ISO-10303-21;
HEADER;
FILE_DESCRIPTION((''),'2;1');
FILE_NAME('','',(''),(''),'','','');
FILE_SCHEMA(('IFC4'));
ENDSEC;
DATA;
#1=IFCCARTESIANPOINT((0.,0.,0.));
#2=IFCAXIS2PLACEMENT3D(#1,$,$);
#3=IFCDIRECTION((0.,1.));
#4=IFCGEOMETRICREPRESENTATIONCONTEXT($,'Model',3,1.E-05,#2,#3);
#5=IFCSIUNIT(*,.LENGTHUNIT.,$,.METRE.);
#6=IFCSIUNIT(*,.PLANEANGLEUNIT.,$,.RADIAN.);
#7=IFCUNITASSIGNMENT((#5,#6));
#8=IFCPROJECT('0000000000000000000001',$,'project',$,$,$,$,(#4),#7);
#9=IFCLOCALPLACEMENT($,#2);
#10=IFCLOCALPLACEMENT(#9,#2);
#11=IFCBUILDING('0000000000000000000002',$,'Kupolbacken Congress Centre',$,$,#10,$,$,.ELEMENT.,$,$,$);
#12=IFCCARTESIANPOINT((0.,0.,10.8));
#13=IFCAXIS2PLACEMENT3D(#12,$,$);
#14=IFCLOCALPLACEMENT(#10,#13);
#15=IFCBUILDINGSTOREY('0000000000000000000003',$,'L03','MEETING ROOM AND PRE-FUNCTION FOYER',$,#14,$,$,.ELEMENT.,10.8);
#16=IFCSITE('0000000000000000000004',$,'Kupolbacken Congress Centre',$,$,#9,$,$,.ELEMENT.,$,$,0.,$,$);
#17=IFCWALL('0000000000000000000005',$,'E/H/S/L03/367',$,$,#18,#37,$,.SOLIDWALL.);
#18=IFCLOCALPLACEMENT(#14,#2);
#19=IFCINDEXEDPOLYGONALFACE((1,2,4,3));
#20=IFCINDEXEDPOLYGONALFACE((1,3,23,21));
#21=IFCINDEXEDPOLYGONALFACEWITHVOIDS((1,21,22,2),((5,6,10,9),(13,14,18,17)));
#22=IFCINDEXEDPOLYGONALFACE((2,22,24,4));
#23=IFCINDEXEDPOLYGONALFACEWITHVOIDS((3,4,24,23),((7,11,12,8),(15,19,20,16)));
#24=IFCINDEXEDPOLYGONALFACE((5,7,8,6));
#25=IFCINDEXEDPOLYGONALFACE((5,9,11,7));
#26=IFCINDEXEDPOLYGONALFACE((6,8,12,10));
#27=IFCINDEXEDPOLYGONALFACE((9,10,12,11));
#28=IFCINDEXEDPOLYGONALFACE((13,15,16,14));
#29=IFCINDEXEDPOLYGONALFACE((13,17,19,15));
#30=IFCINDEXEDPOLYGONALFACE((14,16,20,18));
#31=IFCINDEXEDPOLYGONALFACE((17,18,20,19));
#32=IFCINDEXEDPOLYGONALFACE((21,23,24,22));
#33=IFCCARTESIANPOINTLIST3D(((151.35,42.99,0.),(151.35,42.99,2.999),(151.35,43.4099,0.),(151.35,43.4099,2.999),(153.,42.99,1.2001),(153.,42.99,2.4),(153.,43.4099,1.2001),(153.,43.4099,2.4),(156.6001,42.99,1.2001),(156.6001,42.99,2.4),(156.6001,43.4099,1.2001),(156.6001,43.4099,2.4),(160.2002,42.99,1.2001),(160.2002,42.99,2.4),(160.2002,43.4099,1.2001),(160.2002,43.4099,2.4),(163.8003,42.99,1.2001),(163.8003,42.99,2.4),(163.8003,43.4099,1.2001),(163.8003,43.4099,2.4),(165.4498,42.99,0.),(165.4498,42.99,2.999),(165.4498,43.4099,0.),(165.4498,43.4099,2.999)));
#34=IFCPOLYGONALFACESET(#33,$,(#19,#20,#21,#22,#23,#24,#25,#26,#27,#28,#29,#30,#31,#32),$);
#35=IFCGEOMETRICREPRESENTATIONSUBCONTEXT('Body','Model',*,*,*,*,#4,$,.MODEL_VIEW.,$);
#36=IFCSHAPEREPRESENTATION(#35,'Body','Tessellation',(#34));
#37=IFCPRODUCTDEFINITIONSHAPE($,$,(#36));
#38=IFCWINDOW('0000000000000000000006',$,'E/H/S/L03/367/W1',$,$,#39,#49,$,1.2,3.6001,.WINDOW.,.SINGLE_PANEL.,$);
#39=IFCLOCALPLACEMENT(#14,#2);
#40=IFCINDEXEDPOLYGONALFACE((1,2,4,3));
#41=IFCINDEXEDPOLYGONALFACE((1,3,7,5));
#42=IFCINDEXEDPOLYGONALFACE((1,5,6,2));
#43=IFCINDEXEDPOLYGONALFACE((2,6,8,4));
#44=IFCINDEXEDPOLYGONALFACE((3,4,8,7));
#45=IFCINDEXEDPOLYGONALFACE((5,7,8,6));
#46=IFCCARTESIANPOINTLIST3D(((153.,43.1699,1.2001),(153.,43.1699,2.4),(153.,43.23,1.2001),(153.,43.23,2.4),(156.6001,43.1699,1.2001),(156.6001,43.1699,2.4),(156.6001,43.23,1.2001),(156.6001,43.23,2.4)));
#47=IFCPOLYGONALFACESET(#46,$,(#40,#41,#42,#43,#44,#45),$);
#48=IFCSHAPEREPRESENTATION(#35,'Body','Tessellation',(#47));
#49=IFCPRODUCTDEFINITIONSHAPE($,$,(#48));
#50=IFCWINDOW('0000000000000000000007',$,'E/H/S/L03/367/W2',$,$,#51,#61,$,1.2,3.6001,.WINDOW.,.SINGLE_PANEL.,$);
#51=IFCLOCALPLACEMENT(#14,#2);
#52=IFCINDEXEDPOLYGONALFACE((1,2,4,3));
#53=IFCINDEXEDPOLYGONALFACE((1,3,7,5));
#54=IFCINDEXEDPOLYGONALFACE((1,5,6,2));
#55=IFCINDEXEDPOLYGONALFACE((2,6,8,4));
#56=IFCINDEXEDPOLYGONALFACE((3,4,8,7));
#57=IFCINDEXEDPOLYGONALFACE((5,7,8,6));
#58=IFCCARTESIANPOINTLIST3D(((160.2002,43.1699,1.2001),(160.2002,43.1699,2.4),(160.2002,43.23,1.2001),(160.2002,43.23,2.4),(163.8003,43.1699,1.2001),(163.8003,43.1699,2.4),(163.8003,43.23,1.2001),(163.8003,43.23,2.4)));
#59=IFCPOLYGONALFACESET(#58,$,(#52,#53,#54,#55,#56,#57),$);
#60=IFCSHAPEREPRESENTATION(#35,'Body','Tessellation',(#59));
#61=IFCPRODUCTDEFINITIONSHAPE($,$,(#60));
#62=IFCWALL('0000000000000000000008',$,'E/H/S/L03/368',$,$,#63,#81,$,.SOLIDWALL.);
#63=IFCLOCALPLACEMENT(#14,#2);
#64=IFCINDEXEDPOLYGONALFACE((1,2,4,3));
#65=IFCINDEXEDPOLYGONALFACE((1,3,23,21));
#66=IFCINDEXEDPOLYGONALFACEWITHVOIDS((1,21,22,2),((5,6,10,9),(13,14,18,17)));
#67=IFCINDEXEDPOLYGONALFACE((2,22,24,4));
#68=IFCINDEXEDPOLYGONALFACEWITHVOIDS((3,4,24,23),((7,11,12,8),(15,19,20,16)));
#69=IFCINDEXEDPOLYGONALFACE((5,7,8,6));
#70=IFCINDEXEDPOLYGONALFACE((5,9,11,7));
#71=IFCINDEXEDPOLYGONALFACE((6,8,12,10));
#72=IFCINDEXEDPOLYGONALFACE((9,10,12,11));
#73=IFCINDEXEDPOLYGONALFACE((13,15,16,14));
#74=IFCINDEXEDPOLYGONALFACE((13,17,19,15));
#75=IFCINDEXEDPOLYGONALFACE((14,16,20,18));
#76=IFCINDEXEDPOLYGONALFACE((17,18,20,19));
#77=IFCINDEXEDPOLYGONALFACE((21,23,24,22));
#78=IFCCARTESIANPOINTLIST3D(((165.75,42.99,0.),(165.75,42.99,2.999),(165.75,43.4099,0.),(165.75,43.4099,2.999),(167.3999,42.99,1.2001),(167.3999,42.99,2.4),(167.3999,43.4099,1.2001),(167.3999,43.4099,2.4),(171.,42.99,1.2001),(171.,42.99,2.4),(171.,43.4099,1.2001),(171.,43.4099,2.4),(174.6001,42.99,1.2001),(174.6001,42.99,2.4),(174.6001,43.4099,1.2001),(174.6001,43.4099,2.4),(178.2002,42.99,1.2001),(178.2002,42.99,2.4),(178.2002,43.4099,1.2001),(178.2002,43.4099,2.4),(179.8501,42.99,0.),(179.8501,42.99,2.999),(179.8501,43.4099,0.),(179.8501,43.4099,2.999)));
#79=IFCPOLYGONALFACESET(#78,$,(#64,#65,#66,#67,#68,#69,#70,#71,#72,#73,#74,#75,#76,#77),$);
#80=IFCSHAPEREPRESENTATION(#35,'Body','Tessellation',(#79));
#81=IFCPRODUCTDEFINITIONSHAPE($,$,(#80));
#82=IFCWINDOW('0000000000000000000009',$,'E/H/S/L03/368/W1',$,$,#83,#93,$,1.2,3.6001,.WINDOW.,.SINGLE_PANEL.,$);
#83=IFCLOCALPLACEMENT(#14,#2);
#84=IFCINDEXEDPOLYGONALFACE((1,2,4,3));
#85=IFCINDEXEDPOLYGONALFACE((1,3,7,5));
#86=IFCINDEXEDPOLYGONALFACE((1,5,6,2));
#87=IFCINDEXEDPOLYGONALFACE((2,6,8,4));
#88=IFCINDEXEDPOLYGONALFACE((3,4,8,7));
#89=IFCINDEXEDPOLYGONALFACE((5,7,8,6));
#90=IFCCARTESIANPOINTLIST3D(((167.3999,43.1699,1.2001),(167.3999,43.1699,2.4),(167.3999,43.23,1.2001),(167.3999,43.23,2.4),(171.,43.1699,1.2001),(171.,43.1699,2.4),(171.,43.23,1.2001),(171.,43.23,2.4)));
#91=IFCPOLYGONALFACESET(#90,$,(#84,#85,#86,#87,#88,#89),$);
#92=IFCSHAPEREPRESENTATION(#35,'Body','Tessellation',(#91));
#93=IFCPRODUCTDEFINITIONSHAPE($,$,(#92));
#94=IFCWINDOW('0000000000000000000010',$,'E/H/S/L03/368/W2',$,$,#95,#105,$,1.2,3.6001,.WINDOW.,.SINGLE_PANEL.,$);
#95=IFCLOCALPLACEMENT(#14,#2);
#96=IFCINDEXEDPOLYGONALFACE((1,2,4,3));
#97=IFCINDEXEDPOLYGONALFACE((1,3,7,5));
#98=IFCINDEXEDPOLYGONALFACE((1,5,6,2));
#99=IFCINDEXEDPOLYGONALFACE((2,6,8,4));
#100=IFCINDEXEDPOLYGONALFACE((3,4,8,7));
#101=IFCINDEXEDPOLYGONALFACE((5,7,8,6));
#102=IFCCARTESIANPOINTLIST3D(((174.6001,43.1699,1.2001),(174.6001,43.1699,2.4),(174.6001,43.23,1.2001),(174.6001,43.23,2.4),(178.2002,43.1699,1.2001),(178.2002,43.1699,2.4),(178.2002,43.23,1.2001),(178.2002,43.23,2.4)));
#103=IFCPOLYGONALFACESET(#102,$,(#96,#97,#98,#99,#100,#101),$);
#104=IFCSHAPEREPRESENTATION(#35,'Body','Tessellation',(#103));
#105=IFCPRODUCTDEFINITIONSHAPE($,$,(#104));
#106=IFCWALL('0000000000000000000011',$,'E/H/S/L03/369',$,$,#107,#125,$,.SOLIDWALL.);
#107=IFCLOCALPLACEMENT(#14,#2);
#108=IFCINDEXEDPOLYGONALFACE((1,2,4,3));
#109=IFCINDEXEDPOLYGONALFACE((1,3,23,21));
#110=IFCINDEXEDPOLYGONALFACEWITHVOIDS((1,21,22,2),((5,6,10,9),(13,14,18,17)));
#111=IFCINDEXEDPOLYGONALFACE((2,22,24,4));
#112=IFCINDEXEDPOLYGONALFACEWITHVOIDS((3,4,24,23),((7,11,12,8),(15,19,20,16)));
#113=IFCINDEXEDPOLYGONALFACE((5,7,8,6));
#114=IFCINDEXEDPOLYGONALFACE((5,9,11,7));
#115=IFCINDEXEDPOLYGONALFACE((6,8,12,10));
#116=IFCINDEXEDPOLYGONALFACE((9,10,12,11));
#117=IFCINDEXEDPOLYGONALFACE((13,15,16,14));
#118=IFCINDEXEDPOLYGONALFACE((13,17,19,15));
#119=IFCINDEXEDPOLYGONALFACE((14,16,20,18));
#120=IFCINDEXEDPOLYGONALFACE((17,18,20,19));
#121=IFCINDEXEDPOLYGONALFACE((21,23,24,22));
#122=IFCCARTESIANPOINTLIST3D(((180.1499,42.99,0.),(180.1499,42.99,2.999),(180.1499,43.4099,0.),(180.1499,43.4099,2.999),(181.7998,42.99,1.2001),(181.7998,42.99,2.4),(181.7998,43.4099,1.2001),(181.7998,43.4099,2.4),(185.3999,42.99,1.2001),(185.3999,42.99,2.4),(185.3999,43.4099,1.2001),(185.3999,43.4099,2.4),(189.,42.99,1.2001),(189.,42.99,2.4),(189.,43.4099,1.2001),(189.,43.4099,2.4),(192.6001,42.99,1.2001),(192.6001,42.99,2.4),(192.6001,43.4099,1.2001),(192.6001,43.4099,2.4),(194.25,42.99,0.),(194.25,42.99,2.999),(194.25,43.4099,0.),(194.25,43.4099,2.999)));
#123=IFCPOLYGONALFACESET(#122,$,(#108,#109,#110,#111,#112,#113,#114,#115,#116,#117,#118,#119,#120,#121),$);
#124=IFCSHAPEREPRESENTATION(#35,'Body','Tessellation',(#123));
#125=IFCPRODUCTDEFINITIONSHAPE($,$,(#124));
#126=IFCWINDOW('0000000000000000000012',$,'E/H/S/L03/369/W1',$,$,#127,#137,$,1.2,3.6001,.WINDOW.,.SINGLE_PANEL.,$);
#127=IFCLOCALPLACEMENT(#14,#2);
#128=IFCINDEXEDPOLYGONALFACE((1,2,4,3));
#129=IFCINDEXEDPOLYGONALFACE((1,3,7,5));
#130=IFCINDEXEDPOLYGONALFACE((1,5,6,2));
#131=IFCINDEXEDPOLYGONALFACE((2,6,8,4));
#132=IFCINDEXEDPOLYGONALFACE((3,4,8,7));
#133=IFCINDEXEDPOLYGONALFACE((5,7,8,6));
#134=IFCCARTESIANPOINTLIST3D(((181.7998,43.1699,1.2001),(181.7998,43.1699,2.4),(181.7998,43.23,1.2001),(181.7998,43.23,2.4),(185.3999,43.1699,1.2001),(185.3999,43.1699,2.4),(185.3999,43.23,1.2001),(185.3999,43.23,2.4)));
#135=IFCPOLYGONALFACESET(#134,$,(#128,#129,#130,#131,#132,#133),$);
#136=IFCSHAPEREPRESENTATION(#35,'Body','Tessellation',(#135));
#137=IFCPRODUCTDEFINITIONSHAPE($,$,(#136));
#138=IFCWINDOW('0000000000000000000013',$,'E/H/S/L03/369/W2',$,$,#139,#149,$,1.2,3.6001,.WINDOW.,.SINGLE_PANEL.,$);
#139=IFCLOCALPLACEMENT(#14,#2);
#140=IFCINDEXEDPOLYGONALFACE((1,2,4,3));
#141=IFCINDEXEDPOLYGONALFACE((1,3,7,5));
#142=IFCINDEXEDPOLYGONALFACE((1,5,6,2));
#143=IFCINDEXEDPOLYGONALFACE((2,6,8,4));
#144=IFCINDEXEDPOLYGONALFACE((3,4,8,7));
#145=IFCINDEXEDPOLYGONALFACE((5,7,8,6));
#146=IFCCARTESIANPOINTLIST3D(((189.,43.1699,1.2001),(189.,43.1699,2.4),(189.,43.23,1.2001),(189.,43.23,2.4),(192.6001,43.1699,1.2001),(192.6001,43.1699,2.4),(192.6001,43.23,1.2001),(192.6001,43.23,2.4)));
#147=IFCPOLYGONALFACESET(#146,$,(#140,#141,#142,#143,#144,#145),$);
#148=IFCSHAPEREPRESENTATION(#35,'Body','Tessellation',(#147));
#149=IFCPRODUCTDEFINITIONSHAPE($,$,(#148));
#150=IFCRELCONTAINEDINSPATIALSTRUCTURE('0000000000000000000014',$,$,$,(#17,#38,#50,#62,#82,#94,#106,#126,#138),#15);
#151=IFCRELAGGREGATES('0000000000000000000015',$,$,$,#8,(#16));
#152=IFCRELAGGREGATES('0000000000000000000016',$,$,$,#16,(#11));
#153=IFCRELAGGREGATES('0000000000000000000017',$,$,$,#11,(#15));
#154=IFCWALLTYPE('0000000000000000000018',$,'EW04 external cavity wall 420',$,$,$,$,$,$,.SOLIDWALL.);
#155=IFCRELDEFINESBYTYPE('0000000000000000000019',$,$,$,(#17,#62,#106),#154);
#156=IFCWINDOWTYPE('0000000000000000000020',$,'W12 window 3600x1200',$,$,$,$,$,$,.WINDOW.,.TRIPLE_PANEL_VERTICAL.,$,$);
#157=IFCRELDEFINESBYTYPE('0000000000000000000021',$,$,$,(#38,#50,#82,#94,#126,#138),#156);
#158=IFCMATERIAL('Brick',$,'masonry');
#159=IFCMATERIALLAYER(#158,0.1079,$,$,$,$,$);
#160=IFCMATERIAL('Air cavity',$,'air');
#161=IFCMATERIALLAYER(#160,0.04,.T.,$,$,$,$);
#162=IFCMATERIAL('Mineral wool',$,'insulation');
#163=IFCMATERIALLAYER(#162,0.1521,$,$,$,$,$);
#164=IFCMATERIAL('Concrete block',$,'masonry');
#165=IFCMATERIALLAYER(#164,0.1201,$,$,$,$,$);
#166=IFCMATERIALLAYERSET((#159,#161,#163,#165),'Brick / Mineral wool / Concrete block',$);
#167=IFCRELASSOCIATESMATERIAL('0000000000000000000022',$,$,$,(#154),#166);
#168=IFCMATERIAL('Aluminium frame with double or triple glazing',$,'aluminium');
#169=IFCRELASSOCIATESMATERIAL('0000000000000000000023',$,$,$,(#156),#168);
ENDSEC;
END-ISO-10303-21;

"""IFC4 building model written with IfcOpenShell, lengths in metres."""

from ifc_helpers import new_model, si_unit, direction, frame, frame_2d, origin, place, context, subcontext, project, spatial, rectangle, extrude, material, layer, layer_set, type_object, element, fill, save


model = new_model("IFC4")

# Units and contexts
model_context = context("Model", 3, precision=1e-05, world=origin(), true_north=direction((0.0, 1.0)))
body_context = subcontext(model_context, "Body", "Model", "MODEL_VIEW")
ifc_project = project(units=[si_unit("LENGTHUNIT", "METRE"), si_unit("PLANEANGLEUNIT", "RADIAN")], contexts=[model_context])

# Site, building, storey
site_placement = place(None, origin())
site = spatial("IfcSite", under=ifc_project, at=site_placement, Name="Kupolbacken Congress Centre", CompositionType="ELEMENT", RefElevation=0.0)
building_placement = place(site_placement, origin())
building = spatial("IfcBuilding", under=site, at=building_placement, Name="Kupolbacken Congress Centre", CompositionType="ELEMENT")
storey_placement = place(building_placement, frame((0.0, 0.0, 10.8)))
storey = spatial("IfcBuildingStorey", under=building, at=storey_placement, Name="L03", Description="MEETING ROOM AND PRE-FUNCTION FOYER", CompositionType="ELEMENT", Elevation=10.8)

# Walls, openings, windows
ifc_material_1 = material(Name="Brick", Category="masonry")
ifc_layer_1 = layer(ifc_material_1, 0.1079)
ifc_material_2 = material(Name="Air cavity", Category="air")
ifc_layer_2 = layer(ifc_material_2, 0.04, ventilated=True)
ifc_material_3 = material(Name="Mineral wool", Category="insulation")
ifc_layer_3 = layer(ifc_material_3, 0.1521)
ifc_material_4 = material(Name="Concrete block", Category="masonry")
ifc_layer_4 = layer(ifc_material_4, 0.1201)
ifc_layer_set_1 = layer_set([ifc_layer_1, ifc_layer_2, ifc_layer_3, ifc_layer_4], Name="Brick / Mineral wool / Concrete block")
wall_type = type_object("IfcWallType", Name="EW04 external cavity wall 420", PredefinedType="SOLIDWALL", material=ifc_layer_set_1)
wall_1_placement = place(storey_placement, frame((151.3501, 43.2, 0.0), z_axis=(0.0, 0.0, 1.0), x_axis=(1.0, 0.0, 0.0)))
wall_1 = element("IfcWall", 1, at=wall_1_placement, inside=storey, type_object=wall_type, Name="E/H/S/L03/367", PredefinedType="SOLIDWALL", context=body_context, shape_type="SweptSolid", body=[
    extrude(rectangle(XDim=14.0999, YDim=0.4199, at=frame_2d((7.0498, 0.0))), origin(), (0.0, 0.0, 1.0), 2.999),
])
opening_1_placement = place(wall_1_placement, frame((1.6499, 0.0, 1.2)))
opening_1 = element("IfcOpeningElement", 2, at=opening_1_placement, cuts=wall_1, PredefinedType="OPENING", context=body_context, shape_type="SweptSolid", body=[
    extrude(rectangle(XDim=3.6001, YDim=1.2, at=frame_2d((1.8, 0.6001))), frame((0.0, 0.22, 0.0), z_axis=(0.0, -1.0, 0.0), x_axis=(1.0, 0.0, 0.0)), (0.0, 0.0, 1.0), 0.4399),
])
opening_2_placement = place(wall_1_placement, frame((8.8501, 0.0, 1.2)))
opening_2 = element("IfcOpeningElement", 3, at=opening_2_placement, cuts=wall_1, PredefinedType="OPENING", context=body_context, shape_type="SweptSolid", body=[
    extrude(rectangle(XDim=3.6001, YDim=1.2, at=frame_2d((1.8, 0.6001))), frame((0.0, 0.22, 0.0), z_axis=(0.0, -1.0, 0.0), x_axis=(1.0, 0.0, 0.0)), (0.0, 0.0, 1.0), 0.4399),
])
ifc_material_5 = material(Name="Aluminium frame with double or triple glazing", Category="aluminium")
window_type = type_object("IfcWindowType", Name="W12 window 3600x1200", PartitioningType="TRIPLE_PANEL_VERTICAL", PredefinedType="WINDOW", material=ifc_material_5)
window_1_placement = place(opening_1_placement, origin())
window_1 = element("IfcWindow", 4, at=window_1_placement, inside=storey, type_object=window_type, Name="E/H/S/L03/367/W1", OverallHeight=1.2, OverallWidth=3.6001, PartitioningType="SINGLE_PANEL", PredefinedType="WINDOW", context=body_context, shape_type="SweptSolid", body=[
    extrude(rectangle(XDim=3.6001, YDim=1.2, at=frame_2d((1.8, 0.6001))), frame((0.0, 0.03, 0.0), z_axis=(0.0, -1.0, 0.0), x_axis=(1.0, 0.0, 0.0)), (0.0, 0.0, 1.0), 0.0601),
])
fill(opening_1, window_1)
window_2_placement = place(opening_2_placement, origin())
window_2 = element("IfcWindow", 5, at=window_2_placement, inside=storey, type_object=window_type, Name="E/H/S/L03/367/W2", OverallHeight=1.2, OverallWidth=3.6001, PartitioningType="SINGLE_PANEL", PredefinedType="WINDOW", context=body_context, shape_type="SweptSolid", body=[
    extrude(rectangle(XDim=3.6001, YDim=1.2, at=frame_2d((1.8, 0.6001))), frame((0.0, 0.03, 0.0), z_axis=(0.0, -1.0, 0.0), x_axis=(1.0, 0.0, 0.0)), (0.0, 0.0, 1.0), 0.0601),
])
fill(opening_2, window_2)
wall_2_placement = place(storey_placement, frame((165.75, 43.2, 0.0), z_axis=(0.0, 0.0, 1.0), x_axis=(1.0, 0.0, 0.0)))
wall_2 = element("IfcWall", 6, at=wall_2_placement, inside=storey, type_object=wall_type, Name="E/H/S/L03/368", PredefinedType="SOLIDWALL", context=body_context, shape_type="SweptSolid", body=[
    extrude(rectangle(XDim=14.1001, YDim=0.4199, at=frame_2d((7.05, 0.0))), origin(), (0.0, 0.0, 1.0), 2.999),
])
opening_3_placement = place(wall_2_placement, frame((1.6499, 0.0, 1.2)))
opening_3 = element("IfcOpeningElement", 7, at=opening_3_placement, cuts=wall_2, PredefinedType="OPENING", context=body_context, shape_type="SweptSolid", body=[
    extrude(rectangle(XDim=3.6001, YDim=1.2, at=frame_2d((1.8, 0.6001))), frame((0.0, 0.22, 0.0), z_axis=(0.0, -1.0, 0.0), x_axis=(1.0, 0.0, 0.0)), (0.0, 0.0, 1.0), 0.4399),
])
opening_4_placement = place(wall_2_placement, frame((8.8501, 0.0, 1.2)))
opening_4 = element("IfcOpeningElement", 8, at=opening_4_placement, cuts=wall_2, PredefinedType="OPENING", context=body_context, shape_type="SweptSolid", body=[
    extrude(rectangle(XDim=3.6001, YDim=1.2, at=frame_2d((1.8, 0.6001))), frame((0.0, 0.22, 0.0), z_axis=(0.0, -1.0, 0.0), x_axis=(1.0, 0.0, 0.0)), (0.0, 0.0, 1.0), 0.4399),
])
window_3_placement = place(opening_3_placement, origin())
window_3 = element("IfcWindow", 9, at=window_3_placement, inside=storey, type_object=window_type, Name="E/H/S/L03/368/W1", OverallHeight=1.2, OverallWidth=3.6001, PartitioningType="SINGLE_PANEL", PredefinedType="WINDOW", context=body_context, shape_type="SweptSolid", body=[
    extrude(rectangle(XDim=3.6001, YDim=1.2, at=frame_2d((1.8, 0.6001))), frame((0.0, 0.03, 0.0), z_axis=(0.0, -1.0, 0.0), x_axis=(1.0, 0.0, 0.0)), (0.0, 0.0, 1.0), 0.0601),
])
fill(opening_3, window_3)
window_4_placement = place(opening_4_placement, origin())
window_4 = element("IfcWindow", 10, at=window_4_placement, inside=storey, type_object=window_type, Name="E/H/S/L03/368/W2", OverallHeight=1.2, OverallWidth=3.6001, PartitioningType="SINGLE_PANEL", PredefinedType="WINDOW", context=body_context, shape_type="SweptSolid", body=[
    extrude(rectangle(XDim=3.6001, YDim=1.2, at=frame_2d((1.8, 0.6001))), frame((0.0, 0.03, 0.0), z_axis=(0.0, -1.0, 0.0), x_axis=(1.0, 0.0, 0.0)), (0.0, 0.0, 1.0), 0.0601),
])
fill(opening_4, window_4)
wall_3_placement = place(storey_placement, frame((180.1499, 43.2, 0.0), z_axis=(0.0, 0.0, 1.0), x_axis=(1.0, 0.0, 0.0)))
wall_3 = element("IfcWall", 11, at=wall_3_placement, inside=storey, type_object=wall_type, Name="E/H/S/L03/369", PredefinedType="SOLIDWALL", context=body_context, shape_type="SweptSolid", body=[
    extrude(rectangle(XDim=14.1001, YDim=0.4199, at=frame_2d((7.05, 0.0))), origin(), (0.0, 0.0, 1.0), 2.999),
])
opening_5_placement = place(wall_3_placement, frame((1.6499, 0.0, 1.2)))
opening_5 = element("IfcOpeningElement", 12, at=opening_5_placement, cuts=wall_3, PredefinedType="OPENING", context=body_context, shape_type="SweptSolid", body=[
    extrude(rectangle(XDim=3.6001, YDim=1.2, at=frame_2d((1.8, 0.6001))), frame((0.0, 0.22, 0.0), z_axis=(0.0, -1.0, 0.0), x_axis=(1.0, 0.0, 0.0)), (0.0, 0.0, 1.0), 0.4399),
])
opening_6_placement = place(wall_3_placement, frame((8.8501, 0.0, 1.2)))
opening_6 = element("IfcOpeningElement", 13, at=opening_6_placement, cuts=wall_3, PredefinedType="OPENING", context=body_context, shape_type="SweptSolid", body=[
    extrude(rectangle(XDim=3.6001, YDim=1.2, at=frame_2d((1.8, 0.6001))), frame((0.0, 0.22, 0.0), z_axis=(0.0, -1.0, 0.0), x_axis=(1.0, 0.0, 0.0)), (0.0, 0.0, 1.0), 0.4399),
])
window_5_placement = place(opening_5_placement, origin())
window_5 = element("IfcWindow", 14, at=window_5_placement, inside=storey, type_object=window_type, Name="E/H/S/L03/369/W1", OverallHeight=1.2, OverallWidth=3.6001, PartitioningType="SINGLE_PANEL", PredefinedType="WINDOW", context=body_context, shape_type="SweptSolid", body=[
    extrude(rectangle(XDim=3.6001, YDim=1.2, at=frame_2d((1.8, 0.6001))), frame((0.0, 0.03, 0.0), z_axis=(0.0, -1.0, 0.0), x_axis=(1.0, 0.0, 0.0)), (0.0, 0.0, 1.0), 0.0601),
])
fill(opening_5, window_5)
window_6_placement = place(opening_6_placement, origin())
window_6 = element("IfcWindow", 15, at=window_6_placement, inside=storey, type_object=window_type, Name="E/H/S/L03/369/W2", OverallHeight=1.2, OverallWidth=3.6001, PartitioningType="SINGLE_PANEL", PredefinedType="WINDOW", context=body_context, shape_type="SweptSolid", body=[
    extrude(rectangle(XDim=3.6001, YDim=1.2, at=frame_2d((1.8, 0.6001))), frame((0.0, 0.03, 0.0), z_axis=(0.0, -1.0, 0.0), x_axis=(1.0, 0.0, 0.0)), (0.0, 0.0, 1.0), 0.0601),
])
fill(opening_6, window_6)

save(model, "model.ifc")
